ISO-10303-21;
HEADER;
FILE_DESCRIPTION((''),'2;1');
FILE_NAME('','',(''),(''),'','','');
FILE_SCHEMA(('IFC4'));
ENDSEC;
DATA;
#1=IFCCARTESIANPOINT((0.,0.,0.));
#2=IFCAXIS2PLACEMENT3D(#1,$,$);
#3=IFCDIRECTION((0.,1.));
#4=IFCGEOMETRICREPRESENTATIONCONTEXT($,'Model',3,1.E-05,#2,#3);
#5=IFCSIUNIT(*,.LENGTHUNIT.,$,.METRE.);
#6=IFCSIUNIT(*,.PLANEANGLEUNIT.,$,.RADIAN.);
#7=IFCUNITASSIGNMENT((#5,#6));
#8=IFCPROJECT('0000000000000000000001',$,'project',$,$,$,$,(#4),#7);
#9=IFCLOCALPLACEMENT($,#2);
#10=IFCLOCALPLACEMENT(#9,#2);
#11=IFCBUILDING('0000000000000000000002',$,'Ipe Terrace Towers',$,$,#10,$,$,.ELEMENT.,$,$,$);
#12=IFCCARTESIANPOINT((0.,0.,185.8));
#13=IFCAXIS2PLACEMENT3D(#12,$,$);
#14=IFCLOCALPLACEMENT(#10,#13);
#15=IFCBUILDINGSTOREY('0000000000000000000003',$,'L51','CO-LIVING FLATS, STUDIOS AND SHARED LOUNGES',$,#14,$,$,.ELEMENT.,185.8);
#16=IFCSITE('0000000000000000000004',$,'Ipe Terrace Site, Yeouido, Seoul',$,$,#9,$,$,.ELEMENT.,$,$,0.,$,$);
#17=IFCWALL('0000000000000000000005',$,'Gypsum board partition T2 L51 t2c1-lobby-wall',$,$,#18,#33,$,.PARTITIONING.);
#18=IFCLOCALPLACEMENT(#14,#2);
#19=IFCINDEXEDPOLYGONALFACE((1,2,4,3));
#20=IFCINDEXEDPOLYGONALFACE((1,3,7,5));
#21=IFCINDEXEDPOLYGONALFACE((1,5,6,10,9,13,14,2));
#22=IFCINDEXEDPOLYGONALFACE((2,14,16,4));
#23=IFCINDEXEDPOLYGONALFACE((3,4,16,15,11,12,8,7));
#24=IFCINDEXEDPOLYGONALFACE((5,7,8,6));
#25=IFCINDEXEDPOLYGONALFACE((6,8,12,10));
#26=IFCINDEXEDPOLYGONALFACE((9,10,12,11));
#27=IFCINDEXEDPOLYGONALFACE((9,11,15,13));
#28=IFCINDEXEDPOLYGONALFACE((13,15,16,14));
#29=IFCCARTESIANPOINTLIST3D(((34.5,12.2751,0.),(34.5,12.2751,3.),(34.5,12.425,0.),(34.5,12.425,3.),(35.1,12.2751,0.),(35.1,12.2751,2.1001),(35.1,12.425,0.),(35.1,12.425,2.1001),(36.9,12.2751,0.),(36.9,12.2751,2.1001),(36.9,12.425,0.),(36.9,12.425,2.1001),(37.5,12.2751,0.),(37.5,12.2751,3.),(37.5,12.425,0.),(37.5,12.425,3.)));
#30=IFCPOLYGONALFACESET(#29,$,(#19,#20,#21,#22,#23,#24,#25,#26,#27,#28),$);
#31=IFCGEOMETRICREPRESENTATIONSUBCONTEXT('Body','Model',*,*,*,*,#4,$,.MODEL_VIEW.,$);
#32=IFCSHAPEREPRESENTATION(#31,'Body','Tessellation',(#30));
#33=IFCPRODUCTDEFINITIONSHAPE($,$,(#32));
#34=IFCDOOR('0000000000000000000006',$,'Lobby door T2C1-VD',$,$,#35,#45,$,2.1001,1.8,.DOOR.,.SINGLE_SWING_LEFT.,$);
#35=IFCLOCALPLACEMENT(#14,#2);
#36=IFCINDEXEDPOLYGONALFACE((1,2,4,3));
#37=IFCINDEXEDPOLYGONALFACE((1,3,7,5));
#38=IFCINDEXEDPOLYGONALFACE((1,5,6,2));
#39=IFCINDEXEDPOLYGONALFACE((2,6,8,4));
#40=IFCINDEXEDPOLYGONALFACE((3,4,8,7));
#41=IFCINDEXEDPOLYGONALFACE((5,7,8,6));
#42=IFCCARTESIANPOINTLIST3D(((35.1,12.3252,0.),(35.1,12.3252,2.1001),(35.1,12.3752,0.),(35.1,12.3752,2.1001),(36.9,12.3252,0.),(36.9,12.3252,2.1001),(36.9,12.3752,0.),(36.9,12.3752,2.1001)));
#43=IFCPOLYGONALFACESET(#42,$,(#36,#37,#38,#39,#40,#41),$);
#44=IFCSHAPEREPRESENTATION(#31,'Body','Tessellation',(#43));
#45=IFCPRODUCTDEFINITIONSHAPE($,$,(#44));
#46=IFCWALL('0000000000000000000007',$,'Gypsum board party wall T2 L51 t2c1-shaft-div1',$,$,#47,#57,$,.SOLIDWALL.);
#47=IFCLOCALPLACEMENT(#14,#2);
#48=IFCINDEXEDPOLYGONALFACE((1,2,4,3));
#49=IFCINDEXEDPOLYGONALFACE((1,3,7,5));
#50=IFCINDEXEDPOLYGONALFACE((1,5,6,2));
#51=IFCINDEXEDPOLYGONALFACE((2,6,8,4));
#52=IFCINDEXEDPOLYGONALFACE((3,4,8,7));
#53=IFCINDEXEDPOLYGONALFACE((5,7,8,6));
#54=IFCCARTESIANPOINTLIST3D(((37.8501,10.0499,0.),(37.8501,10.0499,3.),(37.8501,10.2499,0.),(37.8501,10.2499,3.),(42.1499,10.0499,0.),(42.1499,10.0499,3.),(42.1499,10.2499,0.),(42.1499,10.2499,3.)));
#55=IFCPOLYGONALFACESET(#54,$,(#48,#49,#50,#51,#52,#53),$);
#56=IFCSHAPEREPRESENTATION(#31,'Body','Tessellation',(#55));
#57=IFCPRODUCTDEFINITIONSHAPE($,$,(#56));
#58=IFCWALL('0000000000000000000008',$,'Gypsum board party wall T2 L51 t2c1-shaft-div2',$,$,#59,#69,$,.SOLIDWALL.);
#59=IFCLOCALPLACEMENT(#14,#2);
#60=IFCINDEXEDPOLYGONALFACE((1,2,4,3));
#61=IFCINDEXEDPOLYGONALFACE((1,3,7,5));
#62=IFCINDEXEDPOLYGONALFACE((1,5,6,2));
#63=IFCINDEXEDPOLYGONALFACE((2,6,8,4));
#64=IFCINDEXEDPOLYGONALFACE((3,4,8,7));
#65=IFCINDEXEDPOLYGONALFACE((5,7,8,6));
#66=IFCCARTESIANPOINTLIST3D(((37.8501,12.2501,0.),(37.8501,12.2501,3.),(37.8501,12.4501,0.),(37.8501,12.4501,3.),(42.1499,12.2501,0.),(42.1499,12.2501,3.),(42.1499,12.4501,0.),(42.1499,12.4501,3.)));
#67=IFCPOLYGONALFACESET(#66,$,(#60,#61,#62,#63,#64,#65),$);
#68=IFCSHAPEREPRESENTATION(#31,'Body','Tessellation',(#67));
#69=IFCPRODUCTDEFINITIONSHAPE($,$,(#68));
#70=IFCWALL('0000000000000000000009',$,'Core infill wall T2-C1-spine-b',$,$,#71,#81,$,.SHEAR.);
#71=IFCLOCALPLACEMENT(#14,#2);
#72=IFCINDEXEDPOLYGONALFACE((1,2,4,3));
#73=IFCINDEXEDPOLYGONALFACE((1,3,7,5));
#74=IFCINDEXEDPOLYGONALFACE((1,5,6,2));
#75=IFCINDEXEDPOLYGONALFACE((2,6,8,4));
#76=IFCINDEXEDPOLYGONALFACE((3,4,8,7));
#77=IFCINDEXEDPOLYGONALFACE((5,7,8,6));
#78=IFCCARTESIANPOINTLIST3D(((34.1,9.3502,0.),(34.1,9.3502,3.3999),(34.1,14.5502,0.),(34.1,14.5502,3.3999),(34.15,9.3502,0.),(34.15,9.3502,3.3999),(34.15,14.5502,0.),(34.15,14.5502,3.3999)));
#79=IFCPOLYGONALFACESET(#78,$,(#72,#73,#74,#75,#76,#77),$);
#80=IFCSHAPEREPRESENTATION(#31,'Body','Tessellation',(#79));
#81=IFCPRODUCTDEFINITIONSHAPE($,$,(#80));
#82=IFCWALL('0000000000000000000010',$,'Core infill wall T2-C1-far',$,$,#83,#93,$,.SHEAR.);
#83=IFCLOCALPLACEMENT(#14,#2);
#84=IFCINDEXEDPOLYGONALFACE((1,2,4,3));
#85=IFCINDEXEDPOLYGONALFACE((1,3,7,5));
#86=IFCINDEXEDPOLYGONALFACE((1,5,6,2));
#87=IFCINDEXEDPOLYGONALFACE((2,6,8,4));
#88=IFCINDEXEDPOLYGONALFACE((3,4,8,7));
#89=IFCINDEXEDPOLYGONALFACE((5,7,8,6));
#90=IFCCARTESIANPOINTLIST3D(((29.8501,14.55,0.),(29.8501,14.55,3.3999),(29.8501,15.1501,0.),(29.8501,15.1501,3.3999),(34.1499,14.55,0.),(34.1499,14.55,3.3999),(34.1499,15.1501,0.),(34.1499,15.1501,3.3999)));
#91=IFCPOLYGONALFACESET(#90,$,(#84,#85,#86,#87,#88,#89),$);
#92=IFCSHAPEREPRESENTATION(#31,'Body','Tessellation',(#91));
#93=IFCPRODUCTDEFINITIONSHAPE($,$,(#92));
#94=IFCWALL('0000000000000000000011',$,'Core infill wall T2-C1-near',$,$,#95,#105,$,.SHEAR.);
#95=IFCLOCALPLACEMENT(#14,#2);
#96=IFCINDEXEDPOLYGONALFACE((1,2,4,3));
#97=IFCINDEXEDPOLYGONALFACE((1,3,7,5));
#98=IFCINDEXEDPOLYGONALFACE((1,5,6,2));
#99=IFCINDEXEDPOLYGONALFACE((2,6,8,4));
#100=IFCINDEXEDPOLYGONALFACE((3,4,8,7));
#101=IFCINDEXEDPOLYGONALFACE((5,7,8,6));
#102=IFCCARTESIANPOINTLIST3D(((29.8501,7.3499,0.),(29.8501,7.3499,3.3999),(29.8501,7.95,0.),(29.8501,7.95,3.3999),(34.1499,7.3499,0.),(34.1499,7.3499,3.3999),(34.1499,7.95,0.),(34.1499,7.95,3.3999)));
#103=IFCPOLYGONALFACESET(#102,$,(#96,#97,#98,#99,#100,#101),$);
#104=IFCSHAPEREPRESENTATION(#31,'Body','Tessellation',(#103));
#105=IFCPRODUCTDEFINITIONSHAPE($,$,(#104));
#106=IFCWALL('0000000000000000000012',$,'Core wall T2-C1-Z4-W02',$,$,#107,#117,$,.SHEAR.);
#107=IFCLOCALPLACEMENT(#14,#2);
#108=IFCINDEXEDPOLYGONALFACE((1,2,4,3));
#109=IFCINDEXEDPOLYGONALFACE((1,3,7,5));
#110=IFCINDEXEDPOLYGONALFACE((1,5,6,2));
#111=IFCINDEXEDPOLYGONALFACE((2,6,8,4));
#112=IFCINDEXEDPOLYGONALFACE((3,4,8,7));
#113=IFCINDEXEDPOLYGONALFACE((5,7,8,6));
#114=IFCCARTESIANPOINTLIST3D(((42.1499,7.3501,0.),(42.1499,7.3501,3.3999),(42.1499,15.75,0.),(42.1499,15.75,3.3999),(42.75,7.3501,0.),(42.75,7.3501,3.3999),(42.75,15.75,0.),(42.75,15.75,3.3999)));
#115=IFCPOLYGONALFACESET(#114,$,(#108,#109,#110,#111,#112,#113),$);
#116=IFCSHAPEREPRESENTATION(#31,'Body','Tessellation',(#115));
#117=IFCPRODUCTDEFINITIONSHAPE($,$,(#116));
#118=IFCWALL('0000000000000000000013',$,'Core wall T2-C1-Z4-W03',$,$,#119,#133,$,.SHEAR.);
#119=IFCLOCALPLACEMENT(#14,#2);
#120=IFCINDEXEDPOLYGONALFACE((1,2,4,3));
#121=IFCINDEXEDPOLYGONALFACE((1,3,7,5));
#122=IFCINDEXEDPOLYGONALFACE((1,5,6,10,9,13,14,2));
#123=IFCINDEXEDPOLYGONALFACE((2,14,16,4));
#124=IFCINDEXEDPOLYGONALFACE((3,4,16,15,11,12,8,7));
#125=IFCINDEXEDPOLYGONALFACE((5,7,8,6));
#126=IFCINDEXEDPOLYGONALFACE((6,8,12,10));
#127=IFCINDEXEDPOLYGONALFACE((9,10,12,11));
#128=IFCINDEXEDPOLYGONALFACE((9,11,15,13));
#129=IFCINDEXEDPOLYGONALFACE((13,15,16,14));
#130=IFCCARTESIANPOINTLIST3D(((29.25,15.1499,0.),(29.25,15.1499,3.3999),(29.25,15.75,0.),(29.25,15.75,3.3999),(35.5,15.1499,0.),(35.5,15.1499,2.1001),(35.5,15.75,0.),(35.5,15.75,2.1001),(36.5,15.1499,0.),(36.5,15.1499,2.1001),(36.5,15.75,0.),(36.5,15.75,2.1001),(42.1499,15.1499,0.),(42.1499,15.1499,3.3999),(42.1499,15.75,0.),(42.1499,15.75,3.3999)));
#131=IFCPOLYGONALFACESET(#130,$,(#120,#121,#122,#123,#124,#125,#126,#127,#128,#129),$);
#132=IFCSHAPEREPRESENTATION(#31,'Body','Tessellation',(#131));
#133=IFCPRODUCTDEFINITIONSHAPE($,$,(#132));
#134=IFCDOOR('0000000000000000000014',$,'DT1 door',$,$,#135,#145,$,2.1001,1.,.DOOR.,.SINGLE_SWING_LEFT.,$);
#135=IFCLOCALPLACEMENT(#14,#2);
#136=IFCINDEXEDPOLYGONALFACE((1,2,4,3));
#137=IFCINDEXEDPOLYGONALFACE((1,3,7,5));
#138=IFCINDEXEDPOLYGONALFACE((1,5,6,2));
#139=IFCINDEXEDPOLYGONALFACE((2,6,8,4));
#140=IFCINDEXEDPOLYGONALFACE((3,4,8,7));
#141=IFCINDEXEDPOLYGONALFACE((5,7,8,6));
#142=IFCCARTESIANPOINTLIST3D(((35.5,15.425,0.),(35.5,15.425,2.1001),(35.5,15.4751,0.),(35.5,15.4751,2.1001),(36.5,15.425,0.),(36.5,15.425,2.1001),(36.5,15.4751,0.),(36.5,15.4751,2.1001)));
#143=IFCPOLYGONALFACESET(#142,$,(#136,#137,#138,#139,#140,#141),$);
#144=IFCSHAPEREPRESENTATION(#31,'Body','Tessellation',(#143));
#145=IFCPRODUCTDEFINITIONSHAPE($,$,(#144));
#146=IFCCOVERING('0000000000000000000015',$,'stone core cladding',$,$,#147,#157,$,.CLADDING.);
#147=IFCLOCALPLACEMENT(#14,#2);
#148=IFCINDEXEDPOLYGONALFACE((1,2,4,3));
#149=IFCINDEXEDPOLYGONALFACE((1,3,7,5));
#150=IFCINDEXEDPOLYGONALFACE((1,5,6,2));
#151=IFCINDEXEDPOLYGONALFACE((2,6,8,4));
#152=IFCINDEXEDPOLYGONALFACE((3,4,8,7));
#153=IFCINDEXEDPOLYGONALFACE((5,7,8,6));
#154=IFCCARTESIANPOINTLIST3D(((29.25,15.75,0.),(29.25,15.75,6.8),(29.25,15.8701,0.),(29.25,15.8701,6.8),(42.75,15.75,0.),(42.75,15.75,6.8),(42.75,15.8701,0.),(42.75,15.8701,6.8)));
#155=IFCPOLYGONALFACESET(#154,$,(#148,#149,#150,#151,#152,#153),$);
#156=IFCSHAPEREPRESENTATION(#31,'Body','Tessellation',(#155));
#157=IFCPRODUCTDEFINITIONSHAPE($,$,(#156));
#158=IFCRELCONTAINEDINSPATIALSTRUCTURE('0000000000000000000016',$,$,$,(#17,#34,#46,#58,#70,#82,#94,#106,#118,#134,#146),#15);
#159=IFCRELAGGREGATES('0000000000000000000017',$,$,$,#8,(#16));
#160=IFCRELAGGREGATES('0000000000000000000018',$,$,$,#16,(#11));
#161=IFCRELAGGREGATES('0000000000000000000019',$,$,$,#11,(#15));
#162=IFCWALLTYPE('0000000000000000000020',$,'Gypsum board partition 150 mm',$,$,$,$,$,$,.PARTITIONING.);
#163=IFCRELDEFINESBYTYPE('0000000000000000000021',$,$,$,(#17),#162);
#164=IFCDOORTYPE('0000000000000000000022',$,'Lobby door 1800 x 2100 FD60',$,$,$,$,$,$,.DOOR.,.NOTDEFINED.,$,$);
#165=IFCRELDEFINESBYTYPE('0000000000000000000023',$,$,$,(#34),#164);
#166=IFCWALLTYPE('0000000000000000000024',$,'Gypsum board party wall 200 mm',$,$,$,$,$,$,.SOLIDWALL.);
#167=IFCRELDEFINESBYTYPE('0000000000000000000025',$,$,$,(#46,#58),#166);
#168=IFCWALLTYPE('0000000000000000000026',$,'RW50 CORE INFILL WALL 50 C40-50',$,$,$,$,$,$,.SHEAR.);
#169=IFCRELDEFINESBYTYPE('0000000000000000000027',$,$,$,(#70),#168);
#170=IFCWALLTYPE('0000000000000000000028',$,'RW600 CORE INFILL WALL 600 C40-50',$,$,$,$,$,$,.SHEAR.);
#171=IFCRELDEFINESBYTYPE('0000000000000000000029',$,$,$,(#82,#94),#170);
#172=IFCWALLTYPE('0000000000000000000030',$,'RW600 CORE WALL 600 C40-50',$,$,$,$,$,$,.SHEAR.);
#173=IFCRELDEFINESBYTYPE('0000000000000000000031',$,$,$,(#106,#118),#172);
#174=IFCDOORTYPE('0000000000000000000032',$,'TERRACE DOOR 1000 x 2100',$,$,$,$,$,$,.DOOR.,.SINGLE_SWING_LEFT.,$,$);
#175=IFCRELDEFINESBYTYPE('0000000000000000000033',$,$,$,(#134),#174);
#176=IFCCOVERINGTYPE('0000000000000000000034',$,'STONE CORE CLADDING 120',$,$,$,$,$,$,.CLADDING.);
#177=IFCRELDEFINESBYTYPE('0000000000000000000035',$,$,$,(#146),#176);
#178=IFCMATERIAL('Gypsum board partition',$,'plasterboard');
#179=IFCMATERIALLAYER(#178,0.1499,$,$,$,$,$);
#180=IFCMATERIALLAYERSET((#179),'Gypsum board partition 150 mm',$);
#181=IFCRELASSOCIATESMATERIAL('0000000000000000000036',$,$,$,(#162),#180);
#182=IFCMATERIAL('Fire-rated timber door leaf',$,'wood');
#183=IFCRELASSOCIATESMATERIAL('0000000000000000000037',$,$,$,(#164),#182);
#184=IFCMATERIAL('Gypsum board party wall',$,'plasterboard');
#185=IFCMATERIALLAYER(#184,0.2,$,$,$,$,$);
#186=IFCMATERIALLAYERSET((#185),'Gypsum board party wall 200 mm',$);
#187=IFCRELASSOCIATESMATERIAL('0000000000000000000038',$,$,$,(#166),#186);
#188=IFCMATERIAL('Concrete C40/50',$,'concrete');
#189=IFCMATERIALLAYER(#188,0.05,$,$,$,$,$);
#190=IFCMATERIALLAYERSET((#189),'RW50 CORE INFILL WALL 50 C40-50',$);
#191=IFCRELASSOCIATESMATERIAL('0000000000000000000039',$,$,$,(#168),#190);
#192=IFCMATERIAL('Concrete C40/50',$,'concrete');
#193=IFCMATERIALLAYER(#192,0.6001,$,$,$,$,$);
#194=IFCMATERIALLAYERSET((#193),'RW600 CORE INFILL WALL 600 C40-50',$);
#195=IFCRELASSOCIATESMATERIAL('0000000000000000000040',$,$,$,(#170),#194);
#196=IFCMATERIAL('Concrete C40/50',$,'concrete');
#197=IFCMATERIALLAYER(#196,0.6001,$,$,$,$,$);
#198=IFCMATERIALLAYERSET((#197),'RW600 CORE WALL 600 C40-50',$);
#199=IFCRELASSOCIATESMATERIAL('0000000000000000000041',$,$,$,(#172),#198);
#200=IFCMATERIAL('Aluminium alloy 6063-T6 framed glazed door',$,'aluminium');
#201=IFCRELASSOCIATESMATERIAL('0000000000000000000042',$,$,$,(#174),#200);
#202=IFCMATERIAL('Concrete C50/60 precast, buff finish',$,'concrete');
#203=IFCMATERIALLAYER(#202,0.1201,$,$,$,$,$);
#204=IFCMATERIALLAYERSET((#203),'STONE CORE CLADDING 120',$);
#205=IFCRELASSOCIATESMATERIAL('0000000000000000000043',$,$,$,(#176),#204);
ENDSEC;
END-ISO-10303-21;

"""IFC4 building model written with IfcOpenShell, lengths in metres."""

from ifc_helpers import new_model, si_unit, direction, frame, frame_2d, origin, origin_2d, place, context, subcontext, project, spatial, rectangle, extrude, material, layer, layer_set, type_object, element, fill, save


model = new_model("IFC4")

# Units and contexts
model_context = context("Model", 3, precision=1e-05, world=origin(), true_north=direction((0.0, 1.0)))
body_context = subcontext(model_context, "Body", "Model", "MODEL_VIEW")
ifc_project = project(units=[si_unit("LENGTHUNIT", "METRE"), si_unit("PLANEANGLEUNIT", "RADIAN")], contexts=[model_context])

# Site, building, storey
site_placement = place(None, origin())
site = spatial("IfcSite", under=ifc_project, at=site_placement, Name="Ipe Terrace Site, Yeouido, Seoul", CompositionType="ELEMENT", RefElevation=0.0)
building_placement = place(site_placement, origin())
building = spatial("IfcBuilding", under=site, at=building_placement, Name="Ipe Terrace Towers", CompositionType="ELEMENT")
storey_placement = place(building_placement, frame((0.0, 0.0, 185.8)))
storey = spatial("IfcBuildingStorey", under=building, at=storey_placement, Name="L51", Description="CO-LIVING FLATS, STUDIOS AND SHARED LOUNGES", CompositionType="ELEMENT", Elevation=185.8)

# Wall, opening, door
ifc_material_1 = material(Name="Gypsum board partition", Category="plasterboard")
ifc_layer_1 = layer(ifc_material_1, 0.1499)
ifc_layer_set_1 = layer_set([ifc_layer_1], Name="Gypsum board partition 150 mm")
wall_type_1 = type_object("IfcWallType", Name="Gypsum board partition 150 mm", PredefinedType="PARTITIONING", material=ifc_layer_set_1)
wall_1_placement = place(storey_placement, frame((37.5, 12.3501, 0.0), z_axis=(0.0, 0.0, 1.0), x_axis=(-1.0, 0.0, 0.0)))
wall_1 = element("IfcWall", 1, at=wall_1_placement, inside=storey, type_object=wall_type_1, Name="Gypsum board partition T2 L51 t2c1-lobby-wall", PredefinedType="PARTITIONING", context=body_context, shape_type="SweptSolid", body=[
    extrude(rectangle(XDim=3.0, YDim=0.1499, at=frame_2d((1.5, 0.0))), origin(), (0.0, 0.0, 1.0), 3.0),
])
opening_1_placement = place(wall_1_placement, frame((0.6001, 0.0, 0.0)))
opening_1 = element("IfcOpeningElement", 2, at=opening_1_placement, cuts=wall_1, PredefinedType="OPENING", context=body_context, shape_type="SweptSolid", body=[
    extrude(rectangle(XDim=1.8, YDim=2.1001, at=frame_2d((0.8999, 1.05))), frame((0.0, 0.085, 0.0), z_axis=(0.0, -1.0, 0.0), x_axis=(1.0, 0.0, 0.0)), (0.0, 0.0, 1.0), 0.1699),
])
ifc_material_2 = material(Name="Fire-rated timber door leaf", Category="wood")
door_type_1 = type_object("IfcDoorType", Name="Lobby door 1800 x 2100 FD60", OperationType="NOTDEFINED", PredefinedType="DOOR", material=ifc_material_2)
door_1_placement = place(opening_1_placement, origin())
door_1 = element("IfcDoor", 3, at=door_1_placement, inside=storey, type_object=door_type_1, Name="Lobby door T2C1-VD", OperationType="SINGLE_SWING_LEFT", OverallHeight=2.1001, OverallWidth=1.8, PredefinedType="DOOR", context=body_context, shape_type="SweptSolid", body=[
    extrude(rectangle(XDim=1.8, YDim=2.1001, at=frame_2d((0.8999, 1.05))), frame((0.0, 0.0249, 0.0), z_axis=(0.0, -1.0, 0.0), x_axis=(1.0, 0.0, 0.0)), (0.0, 0.0, 1.0), 0.05),
])
fill(opening_1, door_1)

# Walls
ifc_material_3 = material(Name="Gypsum board party wall", Category="plasterboard")
ifc_layer_2 = layer(ifc_material_3, 0.2)
ifc_layer_set_2 = layer_set([ifc_layer_2], Name="Gypsum board party wall 200 mm")
wall_type_2 = type_object("IfcWallType", Name="Gypsum board party wall 200 mm", PredefinedType="SOLIDWALL", material=ifc_layer_set_2)
for number, where, z_axis, x_axis, name in (
    (4, (42.1499, 10.1499, 0.0), (0.0, 0.0, 1.0), (-1.0, 0.0, 0.0), "Gypsum board party wall T2 L51 t2c1-shaft-div1"),
    (5, (42.1499, 12.3501, 0.0), (0.0, 0.0, 1.0), (-1.0, 0.0, 0.0), "Gypsum board party wall T2 L51 t2c1-shaft-div2"),
):
    element("IfcWall", number, at=place(storey_placement, frame(where, z_axis=z_axis, x_axis=x_axis)), inside=storey, type_object=wall_type_2, Name=name, PredefinedType="SOLIDWALL", context=body_context, shape_type="SweptSolid", body=[
        extrude(rectangle(XDim=4.2998, YDim=0.2, at=frame_2d((2.1499, 0.0))), origin(), (0.0, 0.0, 1.0), 3.0),
    ])
ifc_material_4 = material(Name="Concrete C40/50", Category="concrete")
ifc_layer_3 = layer(ifc_material_4, 0.05)
ifc_layer_set_3 = layer_set([ifc_layer_3], Name="RW50 CORE INFILL WALL 50 C40-50")
wall_type_3 = type_object("IfcWallType", Name="RW50 CORE INFILL WALL 50 C40-50", PredefinedType="SHEAR", material=ifc_layer_set_3)
wall_2_placement = place(storey_placement, frame((34.125, 9.3501, 0.0), z_axis=(0.0, 0.0, 1.0), x_axis=(0.0, 1.0, 0.0)))
element("IfcWall", 6, at=wall_2_placement, inside=storey, type_object=wall_type_3, Name="Core infill wall T2-C1-spine-b", PredefinedType="SHEAR", context=body_context, shape_type="SweptSolid", body=[
    extrude(rectangle(XDim=5.2, YDim=0.05, at=frame_2d((2.6001, 0.0))), origin(), (0.0, 0.0, 1.0), 3.3999),
])
ifc_material_5 = material(Name="Concrete C40/50", Category="concrete")
ifc_layer_4 = layer(ifc_material_5, 0.6001)
ifc_layer_set_4 = layer_set([ifc_layer_4], Name="RW600 CORE INFILL WALL 600 C40-50")
wall_type_4 = type_object("IfcWallType", Name="RW600 CORE INFILL WALL 600 C40-50", PredefinedType="SHEAR", material=ifc_layer_set_4)
for number, where, z_axis, x_axis, name in (
    (7, (34.1499, 14.8501, 0.0), (0.0, 0.0, 1.0), (-1.0, 0.0, 0.0), "Core infill wall T2-C1-far"),
    (8, (34.1499, 7.6499, 0.0), (0.0, 0.0, 1.0), (-1.0, 0.0, 0.0), "Core infill wall T2-C1-near"),
):
    element("IfcWall", number, at=place(storey_placement, frame(where, z_axis=z_axis, x_axis=x_axis)), inside=storey, type_object=wall_type_4, Name=name, PredefinedType="SHEAR", context=body_context, shape_type="SweptSolid", body=[
        extrude(rectangle(XDim=4.2998, YDim=0.6001, at=frame_2d((2.1499, 0.0))), origin(), (0.0, 0.0, 1.0), 3.3999),
    ])
ifc_material_6 = material(Name="Concrete C40/50", Category="concrete")
ifc_layer_5 = layer(ifc_material_6, 0.6001)
ifc_layer_set_5 = layer_set([ifc_layer_5], Name="RW600 CORE WALL 600 C40-50")
wall_type_5 = type_object("IfcWallType", Name="RW600 CORE WALL 600 C40-50", PredefinedType="SHEAR", material=ifc_layer_set_5)
wall_3_placement = place(storey_placement, frame((42.45, 7.3501, 0.0), z_axis=(0.0, 0.0, 1.0), x_axis=(0.0, 1.0, 0.0)))
element("IfcWall", 9, at=wall_3_placement, inside=storey, type_object=wall_type_5, Name="Core wall T2-C1-Z4-W02", PredefinedType="SHEAR", context=body_context, shape_type="SweptSolid", body=[
    extrude(rectangle(XDim=8.3999, YDim=0.6001, at=frame_2d((4.2, 0.0))), origin(), (0.0, 0.0, 1.0), 3.3999),
])

# Wall, opening, door
wall_4_placement = place(storey_placement, frame((42.1499, 15.45, 0.0), z_axis=(0.0, 0.0, 1.0), x_axis=(-1.0, 0.0, 0.0)))
wall_4 = element("IfcWall", 10, at=wall_4_placement, inside=storey, type_object=wall_type_5, Name="Core wall T2-C1-Z4-W03", PredefinedType="SHEAR", context=body_context, shape_type="SweptSolid", body=[
    extrude(rectangle(XDim=12.8999, YDim=0.6001, at=frame_2d((6.45, 0.0))), origin(), (0.0, 0.0, 1.0), 3.3999),
])
opening_2_placement = place(wall_4_placement, frame((5.6499, 0.0, 0.0)))
opening_2 = element("IfcOpeningElement", 11, at=opening_2_placement, cuts=wall_4, PredefinedType="OPENING", context=body_context, shape_type="SweptSolid", body=[
    extrude(rectangle(XDim=1.0, YDim=2.1001, at=frame_2d((0.5, 1.05))), frame((0.0, 0.3101, 0.0), z_axis=(0.0, -1.0, 0.0), x_axis=(1.0, 0.0, 0.0)), (0.0, 0.0, 1.0), 0.6201),
])
ifc_material_7 = material(Name="Aluminium alloy 6063-T6 framed glazed door", Category="aluminium")
door_type_2 = type_object("IfcDoorType", Name="TERRACE DOOR 1000 x 2100", OperationType="SINGLE_SWING_LEFT", PredefinedType="DOOR", material=ifc_material_7)
door_2_placement = place(opening_2_placement, origin())
door_2 = element("IfcDoor", 12, at=door_2_placement, inside=storey, type_object=door_type_2, Name="DT1 door", OperationType="SINGLE_SWING_LEFT", OverallHeight=2.1001, OverallWidth=1.0, PredefinedType="DOOR", context=body_context, shape_type="SweptSolid", body=[
    extrude(rectangle(XDim=1.0, YDim=2.1001, at=frame_2d((0.5, 1.05))), frame((0.0, 0.0249, 0.0), z_axis=(0.0, -1.0, 0.0), x_axis=(1.0, 0.0, 0.0)), (0.0, 0.0, 1.0), 0.05),
])
fill(opening_2, door_2)

# Covering
ifc_material_8 = material(Name="Concrete C50/60 precast, buff finish", Category="concrete")
ifc_layer_6 = layer(ifc_material_8, 0.1201)
ifc_layer_set_6 = layer_set([ifc_layer_6], Name="STONE CORE CLADDING 120")
covering_type = type_object("IfcCoveringType", Name="STONE CORE CLADDING 120", PredefinedType="CLADDING", material=ifc_layer_set_6)
covering_placement = place(storey_placement, frame((36.0, 15.8101, 0.0), z_axis=(0.0, 0.0, 1.0), x_axis=(-1.0, 0.0, 0.0)))
element("IfcCovering", 13, at=covering_placement, inside=storey, type_object=covering_type, Name="stone core cladding", PredefinedType="CLADDING", context=body_context, shape_type="SweptSolid", body=[
    extrude(rectangle(XDim=13.5, YDim=0.1201, at=origin_2d()), origin(), (0.0, 0.0, 1.0), 6.8),
])

save(model, "model.ifc")
